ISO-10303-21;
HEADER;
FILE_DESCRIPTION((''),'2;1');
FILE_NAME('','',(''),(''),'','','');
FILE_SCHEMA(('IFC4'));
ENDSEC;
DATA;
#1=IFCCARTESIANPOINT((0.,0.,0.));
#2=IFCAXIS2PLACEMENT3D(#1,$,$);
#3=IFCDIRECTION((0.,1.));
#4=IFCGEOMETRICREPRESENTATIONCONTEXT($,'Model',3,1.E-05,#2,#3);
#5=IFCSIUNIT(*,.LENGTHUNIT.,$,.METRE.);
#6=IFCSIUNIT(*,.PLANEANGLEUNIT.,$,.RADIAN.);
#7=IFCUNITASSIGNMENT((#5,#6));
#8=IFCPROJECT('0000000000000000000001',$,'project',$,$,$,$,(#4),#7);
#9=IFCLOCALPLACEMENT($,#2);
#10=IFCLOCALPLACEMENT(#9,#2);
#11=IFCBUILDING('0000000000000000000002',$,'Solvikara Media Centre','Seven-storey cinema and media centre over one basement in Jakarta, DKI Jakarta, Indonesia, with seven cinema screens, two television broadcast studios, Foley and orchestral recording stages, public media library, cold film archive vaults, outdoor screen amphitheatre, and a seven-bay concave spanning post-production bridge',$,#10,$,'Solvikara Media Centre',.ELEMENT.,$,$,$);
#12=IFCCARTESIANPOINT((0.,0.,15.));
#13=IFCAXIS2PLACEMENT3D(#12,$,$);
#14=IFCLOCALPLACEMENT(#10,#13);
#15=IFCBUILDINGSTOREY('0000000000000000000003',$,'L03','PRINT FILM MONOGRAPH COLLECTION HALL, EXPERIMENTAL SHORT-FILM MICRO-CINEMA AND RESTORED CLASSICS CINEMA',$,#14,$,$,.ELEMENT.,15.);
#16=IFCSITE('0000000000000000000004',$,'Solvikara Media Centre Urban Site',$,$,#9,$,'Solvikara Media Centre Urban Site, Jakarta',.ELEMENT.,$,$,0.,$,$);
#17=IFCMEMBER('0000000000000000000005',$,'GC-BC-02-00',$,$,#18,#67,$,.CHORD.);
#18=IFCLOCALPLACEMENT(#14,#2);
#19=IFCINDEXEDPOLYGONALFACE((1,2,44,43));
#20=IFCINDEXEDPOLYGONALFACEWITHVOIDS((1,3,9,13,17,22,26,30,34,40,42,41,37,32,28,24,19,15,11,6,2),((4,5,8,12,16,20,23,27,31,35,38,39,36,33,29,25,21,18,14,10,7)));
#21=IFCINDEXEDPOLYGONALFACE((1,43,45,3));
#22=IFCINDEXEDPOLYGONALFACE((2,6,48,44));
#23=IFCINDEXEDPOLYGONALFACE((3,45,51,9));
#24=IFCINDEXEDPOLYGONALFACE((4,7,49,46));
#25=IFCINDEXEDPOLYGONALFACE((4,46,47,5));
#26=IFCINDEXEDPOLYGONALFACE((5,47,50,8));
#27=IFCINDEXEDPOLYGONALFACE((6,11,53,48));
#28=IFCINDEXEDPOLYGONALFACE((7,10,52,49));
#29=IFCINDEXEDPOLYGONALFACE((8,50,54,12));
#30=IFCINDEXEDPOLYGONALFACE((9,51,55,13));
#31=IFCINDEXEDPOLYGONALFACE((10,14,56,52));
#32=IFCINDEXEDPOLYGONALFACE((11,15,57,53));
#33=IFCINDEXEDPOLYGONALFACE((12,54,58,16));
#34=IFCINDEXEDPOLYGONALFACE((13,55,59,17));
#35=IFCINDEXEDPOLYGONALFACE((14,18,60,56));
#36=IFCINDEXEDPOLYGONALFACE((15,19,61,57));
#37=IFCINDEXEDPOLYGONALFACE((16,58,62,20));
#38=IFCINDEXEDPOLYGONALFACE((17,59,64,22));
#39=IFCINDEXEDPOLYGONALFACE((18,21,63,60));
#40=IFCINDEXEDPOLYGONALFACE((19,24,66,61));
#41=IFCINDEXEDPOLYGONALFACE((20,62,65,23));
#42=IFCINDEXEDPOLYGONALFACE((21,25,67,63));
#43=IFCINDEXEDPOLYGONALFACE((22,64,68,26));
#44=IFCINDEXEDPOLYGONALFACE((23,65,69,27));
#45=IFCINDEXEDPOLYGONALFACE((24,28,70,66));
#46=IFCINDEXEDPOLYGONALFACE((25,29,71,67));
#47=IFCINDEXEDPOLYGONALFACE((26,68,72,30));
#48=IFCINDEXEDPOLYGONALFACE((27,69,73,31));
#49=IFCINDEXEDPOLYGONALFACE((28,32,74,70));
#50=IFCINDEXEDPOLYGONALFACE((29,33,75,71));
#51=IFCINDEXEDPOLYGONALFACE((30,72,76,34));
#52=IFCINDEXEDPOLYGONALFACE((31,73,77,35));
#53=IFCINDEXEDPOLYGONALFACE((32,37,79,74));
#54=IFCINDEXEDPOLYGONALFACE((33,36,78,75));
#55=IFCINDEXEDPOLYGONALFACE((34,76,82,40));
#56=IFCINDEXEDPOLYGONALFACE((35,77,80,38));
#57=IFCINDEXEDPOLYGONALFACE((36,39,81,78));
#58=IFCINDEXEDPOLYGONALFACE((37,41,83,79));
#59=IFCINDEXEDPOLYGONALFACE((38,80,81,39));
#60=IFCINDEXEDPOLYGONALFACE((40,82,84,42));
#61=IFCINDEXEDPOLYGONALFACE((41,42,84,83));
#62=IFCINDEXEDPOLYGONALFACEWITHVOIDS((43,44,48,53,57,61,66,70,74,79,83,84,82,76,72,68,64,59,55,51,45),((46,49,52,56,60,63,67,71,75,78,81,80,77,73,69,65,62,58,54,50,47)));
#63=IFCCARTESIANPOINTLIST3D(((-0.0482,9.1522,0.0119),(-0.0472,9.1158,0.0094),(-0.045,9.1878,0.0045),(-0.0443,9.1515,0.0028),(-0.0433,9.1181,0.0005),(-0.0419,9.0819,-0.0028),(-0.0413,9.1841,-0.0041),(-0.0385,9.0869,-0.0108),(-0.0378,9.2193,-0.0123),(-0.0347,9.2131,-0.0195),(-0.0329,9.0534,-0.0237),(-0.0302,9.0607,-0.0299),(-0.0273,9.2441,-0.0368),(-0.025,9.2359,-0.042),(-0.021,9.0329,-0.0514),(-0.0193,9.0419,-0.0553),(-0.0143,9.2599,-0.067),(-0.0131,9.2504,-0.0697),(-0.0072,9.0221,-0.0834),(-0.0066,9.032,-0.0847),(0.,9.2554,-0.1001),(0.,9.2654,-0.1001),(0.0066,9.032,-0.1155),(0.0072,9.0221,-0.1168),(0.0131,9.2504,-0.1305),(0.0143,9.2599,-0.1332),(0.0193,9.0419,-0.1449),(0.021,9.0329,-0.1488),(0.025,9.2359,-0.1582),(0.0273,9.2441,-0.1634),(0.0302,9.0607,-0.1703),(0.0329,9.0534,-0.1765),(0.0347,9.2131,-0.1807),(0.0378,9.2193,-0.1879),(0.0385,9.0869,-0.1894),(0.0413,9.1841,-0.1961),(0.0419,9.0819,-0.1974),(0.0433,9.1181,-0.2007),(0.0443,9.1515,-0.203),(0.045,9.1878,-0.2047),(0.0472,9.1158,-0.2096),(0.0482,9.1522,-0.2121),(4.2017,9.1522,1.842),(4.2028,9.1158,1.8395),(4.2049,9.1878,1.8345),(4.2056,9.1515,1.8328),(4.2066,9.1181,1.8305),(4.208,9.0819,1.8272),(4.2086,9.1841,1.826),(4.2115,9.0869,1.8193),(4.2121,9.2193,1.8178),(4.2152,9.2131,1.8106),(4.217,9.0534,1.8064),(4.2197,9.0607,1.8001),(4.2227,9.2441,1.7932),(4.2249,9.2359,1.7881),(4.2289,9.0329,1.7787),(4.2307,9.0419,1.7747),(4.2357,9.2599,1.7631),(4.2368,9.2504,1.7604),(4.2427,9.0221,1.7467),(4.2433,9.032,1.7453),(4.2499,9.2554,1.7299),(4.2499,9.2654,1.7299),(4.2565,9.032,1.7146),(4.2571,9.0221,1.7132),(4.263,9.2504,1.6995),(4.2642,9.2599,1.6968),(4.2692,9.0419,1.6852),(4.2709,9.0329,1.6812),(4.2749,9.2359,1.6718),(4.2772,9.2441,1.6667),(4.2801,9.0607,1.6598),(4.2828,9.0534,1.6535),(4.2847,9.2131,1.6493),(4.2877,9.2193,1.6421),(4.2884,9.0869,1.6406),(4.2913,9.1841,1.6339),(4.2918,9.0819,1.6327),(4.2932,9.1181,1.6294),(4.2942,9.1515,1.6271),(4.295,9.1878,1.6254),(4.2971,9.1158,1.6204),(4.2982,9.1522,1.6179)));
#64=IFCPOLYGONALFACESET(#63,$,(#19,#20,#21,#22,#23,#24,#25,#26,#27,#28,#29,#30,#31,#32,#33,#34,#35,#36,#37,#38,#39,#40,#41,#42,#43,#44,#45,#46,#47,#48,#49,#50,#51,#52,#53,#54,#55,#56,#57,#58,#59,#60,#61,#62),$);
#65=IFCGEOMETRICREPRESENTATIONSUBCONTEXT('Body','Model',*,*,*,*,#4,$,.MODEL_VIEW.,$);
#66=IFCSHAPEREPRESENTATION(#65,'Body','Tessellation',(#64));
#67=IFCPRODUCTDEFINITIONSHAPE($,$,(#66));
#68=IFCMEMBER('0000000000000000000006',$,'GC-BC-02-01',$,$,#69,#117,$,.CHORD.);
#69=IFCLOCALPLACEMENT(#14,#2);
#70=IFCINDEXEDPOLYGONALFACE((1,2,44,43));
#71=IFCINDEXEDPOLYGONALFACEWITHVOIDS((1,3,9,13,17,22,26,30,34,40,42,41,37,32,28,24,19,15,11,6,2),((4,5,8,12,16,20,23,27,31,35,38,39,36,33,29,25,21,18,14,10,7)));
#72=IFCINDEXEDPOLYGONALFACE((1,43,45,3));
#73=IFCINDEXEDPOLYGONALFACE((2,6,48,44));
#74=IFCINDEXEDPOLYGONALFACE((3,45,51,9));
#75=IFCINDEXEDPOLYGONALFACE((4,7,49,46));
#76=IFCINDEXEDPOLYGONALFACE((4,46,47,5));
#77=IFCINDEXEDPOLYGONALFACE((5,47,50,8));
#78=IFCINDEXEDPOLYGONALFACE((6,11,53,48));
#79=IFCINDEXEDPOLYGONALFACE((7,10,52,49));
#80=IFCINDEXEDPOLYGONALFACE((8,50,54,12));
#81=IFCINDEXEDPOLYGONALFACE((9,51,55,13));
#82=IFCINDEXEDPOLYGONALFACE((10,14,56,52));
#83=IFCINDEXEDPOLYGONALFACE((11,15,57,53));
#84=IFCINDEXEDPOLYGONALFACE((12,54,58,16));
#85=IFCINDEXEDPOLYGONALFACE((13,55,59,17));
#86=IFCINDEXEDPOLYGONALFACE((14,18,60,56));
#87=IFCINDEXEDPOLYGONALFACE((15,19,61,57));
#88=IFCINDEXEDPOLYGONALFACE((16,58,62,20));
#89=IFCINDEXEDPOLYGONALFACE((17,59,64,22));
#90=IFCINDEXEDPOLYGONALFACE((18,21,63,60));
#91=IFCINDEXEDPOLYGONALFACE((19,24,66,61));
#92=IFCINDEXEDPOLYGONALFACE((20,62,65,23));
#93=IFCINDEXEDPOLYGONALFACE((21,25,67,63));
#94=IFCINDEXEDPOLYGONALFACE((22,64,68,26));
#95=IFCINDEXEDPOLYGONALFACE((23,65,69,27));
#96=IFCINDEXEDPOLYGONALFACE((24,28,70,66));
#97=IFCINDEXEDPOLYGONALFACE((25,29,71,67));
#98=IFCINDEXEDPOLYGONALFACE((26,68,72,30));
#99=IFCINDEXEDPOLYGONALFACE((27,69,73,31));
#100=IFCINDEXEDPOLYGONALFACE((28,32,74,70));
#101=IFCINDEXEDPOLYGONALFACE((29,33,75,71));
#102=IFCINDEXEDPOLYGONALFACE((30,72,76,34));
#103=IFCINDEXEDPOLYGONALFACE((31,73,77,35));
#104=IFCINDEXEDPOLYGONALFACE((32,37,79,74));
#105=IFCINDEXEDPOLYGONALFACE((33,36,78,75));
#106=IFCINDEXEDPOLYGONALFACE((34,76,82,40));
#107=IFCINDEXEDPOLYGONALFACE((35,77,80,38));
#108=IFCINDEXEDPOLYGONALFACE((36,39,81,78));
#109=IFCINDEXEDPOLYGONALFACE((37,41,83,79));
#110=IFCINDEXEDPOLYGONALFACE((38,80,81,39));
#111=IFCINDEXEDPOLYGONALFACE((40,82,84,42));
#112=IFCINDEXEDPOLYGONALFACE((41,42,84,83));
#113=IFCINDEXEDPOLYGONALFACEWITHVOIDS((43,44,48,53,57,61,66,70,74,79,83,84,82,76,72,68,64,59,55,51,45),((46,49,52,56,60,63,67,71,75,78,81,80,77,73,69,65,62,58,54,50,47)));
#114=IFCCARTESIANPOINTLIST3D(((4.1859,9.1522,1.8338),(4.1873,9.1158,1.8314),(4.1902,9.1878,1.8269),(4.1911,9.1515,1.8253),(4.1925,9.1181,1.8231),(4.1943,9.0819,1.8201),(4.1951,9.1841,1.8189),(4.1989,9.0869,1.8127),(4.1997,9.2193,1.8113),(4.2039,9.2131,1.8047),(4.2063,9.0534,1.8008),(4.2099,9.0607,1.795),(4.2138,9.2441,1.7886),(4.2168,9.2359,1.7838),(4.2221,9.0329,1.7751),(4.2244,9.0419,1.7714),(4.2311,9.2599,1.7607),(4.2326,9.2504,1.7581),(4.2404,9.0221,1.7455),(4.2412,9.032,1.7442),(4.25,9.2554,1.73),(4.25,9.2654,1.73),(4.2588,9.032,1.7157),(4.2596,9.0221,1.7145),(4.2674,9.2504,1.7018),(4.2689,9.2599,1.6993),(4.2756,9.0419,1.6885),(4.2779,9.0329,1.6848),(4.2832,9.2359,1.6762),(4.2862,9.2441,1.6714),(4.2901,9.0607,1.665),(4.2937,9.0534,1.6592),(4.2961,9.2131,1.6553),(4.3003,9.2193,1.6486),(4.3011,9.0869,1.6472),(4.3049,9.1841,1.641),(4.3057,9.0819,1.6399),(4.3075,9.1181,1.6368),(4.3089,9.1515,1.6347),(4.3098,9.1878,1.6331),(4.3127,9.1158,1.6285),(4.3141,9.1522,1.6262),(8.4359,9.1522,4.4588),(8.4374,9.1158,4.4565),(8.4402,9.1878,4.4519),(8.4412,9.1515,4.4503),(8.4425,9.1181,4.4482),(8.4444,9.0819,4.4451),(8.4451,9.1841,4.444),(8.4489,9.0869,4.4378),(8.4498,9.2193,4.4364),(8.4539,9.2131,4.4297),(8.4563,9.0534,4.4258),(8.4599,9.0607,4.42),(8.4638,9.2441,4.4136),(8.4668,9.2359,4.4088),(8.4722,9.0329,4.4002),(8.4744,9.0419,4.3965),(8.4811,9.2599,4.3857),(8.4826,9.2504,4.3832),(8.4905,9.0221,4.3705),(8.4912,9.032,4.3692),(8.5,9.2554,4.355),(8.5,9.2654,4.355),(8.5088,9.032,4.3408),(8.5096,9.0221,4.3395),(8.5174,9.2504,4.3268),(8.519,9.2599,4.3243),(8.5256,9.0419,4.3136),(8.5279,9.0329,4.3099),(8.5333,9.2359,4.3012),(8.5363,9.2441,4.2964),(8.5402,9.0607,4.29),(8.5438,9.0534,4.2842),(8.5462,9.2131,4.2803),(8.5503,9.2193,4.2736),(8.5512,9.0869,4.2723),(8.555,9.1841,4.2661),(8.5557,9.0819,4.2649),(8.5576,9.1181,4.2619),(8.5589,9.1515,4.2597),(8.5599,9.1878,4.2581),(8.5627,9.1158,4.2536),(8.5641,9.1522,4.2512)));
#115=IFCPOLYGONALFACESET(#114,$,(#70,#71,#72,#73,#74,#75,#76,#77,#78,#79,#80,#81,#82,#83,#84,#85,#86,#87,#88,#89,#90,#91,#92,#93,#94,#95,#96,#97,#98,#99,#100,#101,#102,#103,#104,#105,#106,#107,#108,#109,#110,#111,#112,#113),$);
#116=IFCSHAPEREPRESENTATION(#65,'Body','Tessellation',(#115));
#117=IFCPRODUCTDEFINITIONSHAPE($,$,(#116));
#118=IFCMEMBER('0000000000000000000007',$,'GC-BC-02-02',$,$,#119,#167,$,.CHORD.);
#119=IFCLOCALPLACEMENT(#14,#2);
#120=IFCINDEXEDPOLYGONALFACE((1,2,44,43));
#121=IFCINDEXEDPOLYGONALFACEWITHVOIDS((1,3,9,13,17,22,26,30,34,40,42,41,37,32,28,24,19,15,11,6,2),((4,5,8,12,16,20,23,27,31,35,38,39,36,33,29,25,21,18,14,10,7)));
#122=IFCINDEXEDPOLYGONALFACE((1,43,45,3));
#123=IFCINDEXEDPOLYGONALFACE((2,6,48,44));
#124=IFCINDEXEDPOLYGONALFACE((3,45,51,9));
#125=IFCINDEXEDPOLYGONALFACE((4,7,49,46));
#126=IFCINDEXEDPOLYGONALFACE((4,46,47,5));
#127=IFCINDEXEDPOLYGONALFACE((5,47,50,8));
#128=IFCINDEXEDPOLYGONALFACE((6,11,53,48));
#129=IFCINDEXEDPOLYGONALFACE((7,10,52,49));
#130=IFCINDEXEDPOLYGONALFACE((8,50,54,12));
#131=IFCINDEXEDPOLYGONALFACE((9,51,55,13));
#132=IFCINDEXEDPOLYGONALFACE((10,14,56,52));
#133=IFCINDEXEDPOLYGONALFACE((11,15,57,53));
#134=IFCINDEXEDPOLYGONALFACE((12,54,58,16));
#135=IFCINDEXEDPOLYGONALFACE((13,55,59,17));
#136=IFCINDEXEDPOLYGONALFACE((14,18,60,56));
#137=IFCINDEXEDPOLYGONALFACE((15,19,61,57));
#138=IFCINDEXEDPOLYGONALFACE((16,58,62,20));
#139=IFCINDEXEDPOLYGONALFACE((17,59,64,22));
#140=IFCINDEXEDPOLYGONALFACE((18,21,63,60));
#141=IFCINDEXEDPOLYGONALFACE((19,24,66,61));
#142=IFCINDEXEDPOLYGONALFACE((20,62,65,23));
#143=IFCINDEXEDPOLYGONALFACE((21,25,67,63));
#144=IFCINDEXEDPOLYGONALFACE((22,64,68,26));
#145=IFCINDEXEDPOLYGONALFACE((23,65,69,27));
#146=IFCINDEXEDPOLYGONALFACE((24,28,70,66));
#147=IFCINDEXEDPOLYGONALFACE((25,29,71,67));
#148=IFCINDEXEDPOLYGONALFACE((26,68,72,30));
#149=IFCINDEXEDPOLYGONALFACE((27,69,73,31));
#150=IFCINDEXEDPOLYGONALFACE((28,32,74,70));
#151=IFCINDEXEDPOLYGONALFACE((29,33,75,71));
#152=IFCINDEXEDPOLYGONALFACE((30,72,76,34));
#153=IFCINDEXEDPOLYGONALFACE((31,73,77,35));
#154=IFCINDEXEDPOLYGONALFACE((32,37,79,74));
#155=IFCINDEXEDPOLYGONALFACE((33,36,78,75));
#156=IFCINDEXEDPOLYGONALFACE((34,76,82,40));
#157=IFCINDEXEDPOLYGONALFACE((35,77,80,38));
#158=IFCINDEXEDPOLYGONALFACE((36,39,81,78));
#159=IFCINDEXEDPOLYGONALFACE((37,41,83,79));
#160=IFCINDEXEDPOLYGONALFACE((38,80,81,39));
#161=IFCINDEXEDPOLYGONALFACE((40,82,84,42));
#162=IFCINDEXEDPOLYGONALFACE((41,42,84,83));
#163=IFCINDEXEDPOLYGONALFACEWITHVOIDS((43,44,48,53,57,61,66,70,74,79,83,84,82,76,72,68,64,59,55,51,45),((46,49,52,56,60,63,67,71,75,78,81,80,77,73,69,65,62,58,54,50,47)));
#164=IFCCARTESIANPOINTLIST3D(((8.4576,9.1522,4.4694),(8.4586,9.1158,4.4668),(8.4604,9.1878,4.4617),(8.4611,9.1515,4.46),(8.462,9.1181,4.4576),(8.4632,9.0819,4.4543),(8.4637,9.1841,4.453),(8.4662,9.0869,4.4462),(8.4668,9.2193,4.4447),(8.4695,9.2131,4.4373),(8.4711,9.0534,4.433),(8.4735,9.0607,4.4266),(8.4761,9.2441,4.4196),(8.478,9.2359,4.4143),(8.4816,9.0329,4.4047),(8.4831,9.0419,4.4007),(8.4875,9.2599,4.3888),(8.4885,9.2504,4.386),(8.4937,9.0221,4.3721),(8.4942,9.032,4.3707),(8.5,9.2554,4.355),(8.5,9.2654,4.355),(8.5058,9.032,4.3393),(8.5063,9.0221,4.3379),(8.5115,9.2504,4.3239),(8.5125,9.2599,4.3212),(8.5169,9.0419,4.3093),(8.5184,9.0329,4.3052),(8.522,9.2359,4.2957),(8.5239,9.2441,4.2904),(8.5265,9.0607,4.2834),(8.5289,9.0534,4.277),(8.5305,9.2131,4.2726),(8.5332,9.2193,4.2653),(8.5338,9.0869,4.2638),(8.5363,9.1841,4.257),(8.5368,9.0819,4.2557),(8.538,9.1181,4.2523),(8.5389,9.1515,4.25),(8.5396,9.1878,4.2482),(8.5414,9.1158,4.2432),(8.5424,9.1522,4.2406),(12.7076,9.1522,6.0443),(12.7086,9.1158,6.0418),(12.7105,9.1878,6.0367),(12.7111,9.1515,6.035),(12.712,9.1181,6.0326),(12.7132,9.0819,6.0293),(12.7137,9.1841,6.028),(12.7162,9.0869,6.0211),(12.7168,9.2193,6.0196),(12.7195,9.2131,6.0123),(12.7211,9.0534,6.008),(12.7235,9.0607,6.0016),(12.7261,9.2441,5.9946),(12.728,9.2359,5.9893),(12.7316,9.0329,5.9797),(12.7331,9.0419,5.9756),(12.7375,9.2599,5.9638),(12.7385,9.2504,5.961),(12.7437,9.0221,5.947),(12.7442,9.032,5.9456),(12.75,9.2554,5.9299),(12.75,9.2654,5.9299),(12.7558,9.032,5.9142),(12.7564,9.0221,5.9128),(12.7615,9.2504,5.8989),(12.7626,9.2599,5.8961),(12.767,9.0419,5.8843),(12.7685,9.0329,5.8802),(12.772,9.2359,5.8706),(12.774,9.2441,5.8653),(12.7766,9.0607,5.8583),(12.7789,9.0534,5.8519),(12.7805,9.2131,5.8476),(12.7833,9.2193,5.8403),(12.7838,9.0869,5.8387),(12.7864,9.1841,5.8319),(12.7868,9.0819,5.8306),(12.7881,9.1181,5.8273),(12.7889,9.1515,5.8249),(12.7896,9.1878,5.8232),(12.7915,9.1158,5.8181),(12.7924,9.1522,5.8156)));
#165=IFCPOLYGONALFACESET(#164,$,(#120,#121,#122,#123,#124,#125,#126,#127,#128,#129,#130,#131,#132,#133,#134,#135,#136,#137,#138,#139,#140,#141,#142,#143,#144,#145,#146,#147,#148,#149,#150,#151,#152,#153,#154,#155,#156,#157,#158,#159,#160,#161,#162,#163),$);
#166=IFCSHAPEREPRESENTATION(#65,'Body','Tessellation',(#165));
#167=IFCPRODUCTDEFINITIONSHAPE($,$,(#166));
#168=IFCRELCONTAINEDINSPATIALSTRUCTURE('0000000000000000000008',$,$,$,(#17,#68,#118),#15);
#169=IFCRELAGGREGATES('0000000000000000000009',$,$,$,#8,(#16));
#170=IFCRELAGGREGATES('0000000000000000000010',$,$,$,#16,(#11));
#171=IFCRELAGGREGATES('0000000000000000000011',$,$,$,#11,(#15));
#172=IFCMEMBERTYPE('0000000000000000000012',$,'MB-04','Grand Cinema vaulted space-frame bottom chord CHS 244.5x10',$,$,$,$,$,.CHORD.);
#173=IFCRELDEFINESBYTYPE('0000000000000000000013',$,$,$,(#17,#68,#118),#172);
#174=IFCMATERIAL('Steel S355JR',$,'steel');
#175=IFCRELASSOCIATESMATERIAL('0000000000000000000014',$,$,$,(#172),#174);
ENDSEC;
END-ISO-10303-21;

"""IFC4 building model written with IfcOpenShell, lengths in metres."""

from ifc_helpers import new_model, si_unit, direction, frame, origin, origin_2d, place, context, subcontext, project, spatial, hollow_circle, extrude, material, material_profile, profile_set, type_object, element, save


model = new_model("IFC4")

# Units and contexts
model_context = context("Model", 3, precision=1e-05, world=origin(), true_north=direction((0.0, 1.0)))
body_context = subcontext(model_context, "Body", "Model", "MODEL_VIEW")
ifc_project = project(units=[si_unit("LENGTHUNIT", "METRE"), si_unit("PLANEANGLEUNIT", "RADIAN")], contexts=[model_context])

# Site, building, storey
site_placement = place(None, origin())
site = spatial("IfcSite", under=ifc_project, at=site_placement, Name="Solvikara Media Centre Urban Site", LongName="Solvikara Media Centre Urban Site, Jakarta", CompositionType="ELEMENT", RefElevation=0.0)
building_placement = place(site_placement, origin())
building = spatial("IfcBuilding", under=site, at=building_placement, Name="Solvikara Media Centre", Description="Seven-storey cinema and media centre over one basement in Jakarta, DKI Jakarta, Indonesia, with seven cinema screens, two television broadcast studios, Foley and orchestral recording stages, public media library, cold film archive vaults, outdoor screen amphitheatre, and a seven-bay concave spanning post-production bridge", LongName="Solvikara Media Centre", CompositionType="ELEMENT")
storey_placement = place(building_placement, frame((0.0, 0.0, 15.0)))
storey = spatial("IfcBuildingStorey", under=building, at=storey_placement, Name="L03", Description="PRINT FILM MONOGRAPH COLLECTION HALL, EXPERIMENTAL SHORT-FILM MICRO-CINEMA AND RESTORED CLASSICS CINEMA", CompositionType="ELEMENT", Elevation=15.0)

# Shared definitions
ifc_material_1 = material(Name="Steel S355JR", Category="steel")

# Members
ifc_material_profile_1 = material_profile(ifc_material_1, hollow_circle(Radius=0.1223, WallThickness=0.01, at=origin_2d()), Name="CHS 244.5x10")
ifc_profile_set_1 = profile_set([ifc_material_profile_1], Name="Steel S355JR")
member_type_1 = type_object("IfcMemberType", Name="MB-04", Description="Grand Cinema vaulted space-frame bottom chord CHS 244.5x10", PredefinedType="CHORD", material=ifc_profile_set_1)
member_1_placement = place(storey_placement, frame((0.0, 9.1431, -0.1001), z_axis=(0.918467, 0.0, 0.395498), x_axis=(0.0, 1.0, 0.0)))
element("IfcMember", 1, at=member_1_placement, inside=storey, type_object=member_type_1, Name="GC-BC-02-00", PredefinedType="CHORD", context=body_context, shape_type="SweptSolid", body=[
    extrude(hollow_circle(Radius=0.1223, WallThickness=0.01, at=origin_2d()), origin(), (0.0, 0.0, 1.0), 4.6272),
])
member_2_placement = place(storey_placement, frame((4.25, 9.1431, 1.73), z_axis=(0.850798, 0.0, 0.525493), x_axis=(0.0, 1.0, 0.0)))
element("IfcMember", 2, at=member_2_placement, inside=storey, type_object=member_type_1, Name="GC-BC-02-01", PredefinedType="CHORD", context=body_context, shape_type="SweptSolid", body=[
    extrude(hollow_circle(Radius=0.1223, WallThickness=0.01, at=origin_2d()), origin(), (0.0, 0.0, 1.0), 4.9954),
])
member_3_placement = place(storey_placement, frame((8.5, 9.1431, 4.355), z_axis=(0.937686, 0.0, 0.347485), x_axis=(0.0, 1.0, 0.0)))
element("IfcMember", 3, at=member_3_placement, inside=storey, type_object=member_type_1, Name="GC-BC-02-02", PredefinedType="CHORD", context=body_context, shape_type="SweptSolid", body=[
    extrude(hollow_circle(Radius=0.1223, WallThickness=0.01, at=origin_2d()), origin(), (0.0, 0.0, 1.0), 4.5325),
])

save(model, "model.ifc")
